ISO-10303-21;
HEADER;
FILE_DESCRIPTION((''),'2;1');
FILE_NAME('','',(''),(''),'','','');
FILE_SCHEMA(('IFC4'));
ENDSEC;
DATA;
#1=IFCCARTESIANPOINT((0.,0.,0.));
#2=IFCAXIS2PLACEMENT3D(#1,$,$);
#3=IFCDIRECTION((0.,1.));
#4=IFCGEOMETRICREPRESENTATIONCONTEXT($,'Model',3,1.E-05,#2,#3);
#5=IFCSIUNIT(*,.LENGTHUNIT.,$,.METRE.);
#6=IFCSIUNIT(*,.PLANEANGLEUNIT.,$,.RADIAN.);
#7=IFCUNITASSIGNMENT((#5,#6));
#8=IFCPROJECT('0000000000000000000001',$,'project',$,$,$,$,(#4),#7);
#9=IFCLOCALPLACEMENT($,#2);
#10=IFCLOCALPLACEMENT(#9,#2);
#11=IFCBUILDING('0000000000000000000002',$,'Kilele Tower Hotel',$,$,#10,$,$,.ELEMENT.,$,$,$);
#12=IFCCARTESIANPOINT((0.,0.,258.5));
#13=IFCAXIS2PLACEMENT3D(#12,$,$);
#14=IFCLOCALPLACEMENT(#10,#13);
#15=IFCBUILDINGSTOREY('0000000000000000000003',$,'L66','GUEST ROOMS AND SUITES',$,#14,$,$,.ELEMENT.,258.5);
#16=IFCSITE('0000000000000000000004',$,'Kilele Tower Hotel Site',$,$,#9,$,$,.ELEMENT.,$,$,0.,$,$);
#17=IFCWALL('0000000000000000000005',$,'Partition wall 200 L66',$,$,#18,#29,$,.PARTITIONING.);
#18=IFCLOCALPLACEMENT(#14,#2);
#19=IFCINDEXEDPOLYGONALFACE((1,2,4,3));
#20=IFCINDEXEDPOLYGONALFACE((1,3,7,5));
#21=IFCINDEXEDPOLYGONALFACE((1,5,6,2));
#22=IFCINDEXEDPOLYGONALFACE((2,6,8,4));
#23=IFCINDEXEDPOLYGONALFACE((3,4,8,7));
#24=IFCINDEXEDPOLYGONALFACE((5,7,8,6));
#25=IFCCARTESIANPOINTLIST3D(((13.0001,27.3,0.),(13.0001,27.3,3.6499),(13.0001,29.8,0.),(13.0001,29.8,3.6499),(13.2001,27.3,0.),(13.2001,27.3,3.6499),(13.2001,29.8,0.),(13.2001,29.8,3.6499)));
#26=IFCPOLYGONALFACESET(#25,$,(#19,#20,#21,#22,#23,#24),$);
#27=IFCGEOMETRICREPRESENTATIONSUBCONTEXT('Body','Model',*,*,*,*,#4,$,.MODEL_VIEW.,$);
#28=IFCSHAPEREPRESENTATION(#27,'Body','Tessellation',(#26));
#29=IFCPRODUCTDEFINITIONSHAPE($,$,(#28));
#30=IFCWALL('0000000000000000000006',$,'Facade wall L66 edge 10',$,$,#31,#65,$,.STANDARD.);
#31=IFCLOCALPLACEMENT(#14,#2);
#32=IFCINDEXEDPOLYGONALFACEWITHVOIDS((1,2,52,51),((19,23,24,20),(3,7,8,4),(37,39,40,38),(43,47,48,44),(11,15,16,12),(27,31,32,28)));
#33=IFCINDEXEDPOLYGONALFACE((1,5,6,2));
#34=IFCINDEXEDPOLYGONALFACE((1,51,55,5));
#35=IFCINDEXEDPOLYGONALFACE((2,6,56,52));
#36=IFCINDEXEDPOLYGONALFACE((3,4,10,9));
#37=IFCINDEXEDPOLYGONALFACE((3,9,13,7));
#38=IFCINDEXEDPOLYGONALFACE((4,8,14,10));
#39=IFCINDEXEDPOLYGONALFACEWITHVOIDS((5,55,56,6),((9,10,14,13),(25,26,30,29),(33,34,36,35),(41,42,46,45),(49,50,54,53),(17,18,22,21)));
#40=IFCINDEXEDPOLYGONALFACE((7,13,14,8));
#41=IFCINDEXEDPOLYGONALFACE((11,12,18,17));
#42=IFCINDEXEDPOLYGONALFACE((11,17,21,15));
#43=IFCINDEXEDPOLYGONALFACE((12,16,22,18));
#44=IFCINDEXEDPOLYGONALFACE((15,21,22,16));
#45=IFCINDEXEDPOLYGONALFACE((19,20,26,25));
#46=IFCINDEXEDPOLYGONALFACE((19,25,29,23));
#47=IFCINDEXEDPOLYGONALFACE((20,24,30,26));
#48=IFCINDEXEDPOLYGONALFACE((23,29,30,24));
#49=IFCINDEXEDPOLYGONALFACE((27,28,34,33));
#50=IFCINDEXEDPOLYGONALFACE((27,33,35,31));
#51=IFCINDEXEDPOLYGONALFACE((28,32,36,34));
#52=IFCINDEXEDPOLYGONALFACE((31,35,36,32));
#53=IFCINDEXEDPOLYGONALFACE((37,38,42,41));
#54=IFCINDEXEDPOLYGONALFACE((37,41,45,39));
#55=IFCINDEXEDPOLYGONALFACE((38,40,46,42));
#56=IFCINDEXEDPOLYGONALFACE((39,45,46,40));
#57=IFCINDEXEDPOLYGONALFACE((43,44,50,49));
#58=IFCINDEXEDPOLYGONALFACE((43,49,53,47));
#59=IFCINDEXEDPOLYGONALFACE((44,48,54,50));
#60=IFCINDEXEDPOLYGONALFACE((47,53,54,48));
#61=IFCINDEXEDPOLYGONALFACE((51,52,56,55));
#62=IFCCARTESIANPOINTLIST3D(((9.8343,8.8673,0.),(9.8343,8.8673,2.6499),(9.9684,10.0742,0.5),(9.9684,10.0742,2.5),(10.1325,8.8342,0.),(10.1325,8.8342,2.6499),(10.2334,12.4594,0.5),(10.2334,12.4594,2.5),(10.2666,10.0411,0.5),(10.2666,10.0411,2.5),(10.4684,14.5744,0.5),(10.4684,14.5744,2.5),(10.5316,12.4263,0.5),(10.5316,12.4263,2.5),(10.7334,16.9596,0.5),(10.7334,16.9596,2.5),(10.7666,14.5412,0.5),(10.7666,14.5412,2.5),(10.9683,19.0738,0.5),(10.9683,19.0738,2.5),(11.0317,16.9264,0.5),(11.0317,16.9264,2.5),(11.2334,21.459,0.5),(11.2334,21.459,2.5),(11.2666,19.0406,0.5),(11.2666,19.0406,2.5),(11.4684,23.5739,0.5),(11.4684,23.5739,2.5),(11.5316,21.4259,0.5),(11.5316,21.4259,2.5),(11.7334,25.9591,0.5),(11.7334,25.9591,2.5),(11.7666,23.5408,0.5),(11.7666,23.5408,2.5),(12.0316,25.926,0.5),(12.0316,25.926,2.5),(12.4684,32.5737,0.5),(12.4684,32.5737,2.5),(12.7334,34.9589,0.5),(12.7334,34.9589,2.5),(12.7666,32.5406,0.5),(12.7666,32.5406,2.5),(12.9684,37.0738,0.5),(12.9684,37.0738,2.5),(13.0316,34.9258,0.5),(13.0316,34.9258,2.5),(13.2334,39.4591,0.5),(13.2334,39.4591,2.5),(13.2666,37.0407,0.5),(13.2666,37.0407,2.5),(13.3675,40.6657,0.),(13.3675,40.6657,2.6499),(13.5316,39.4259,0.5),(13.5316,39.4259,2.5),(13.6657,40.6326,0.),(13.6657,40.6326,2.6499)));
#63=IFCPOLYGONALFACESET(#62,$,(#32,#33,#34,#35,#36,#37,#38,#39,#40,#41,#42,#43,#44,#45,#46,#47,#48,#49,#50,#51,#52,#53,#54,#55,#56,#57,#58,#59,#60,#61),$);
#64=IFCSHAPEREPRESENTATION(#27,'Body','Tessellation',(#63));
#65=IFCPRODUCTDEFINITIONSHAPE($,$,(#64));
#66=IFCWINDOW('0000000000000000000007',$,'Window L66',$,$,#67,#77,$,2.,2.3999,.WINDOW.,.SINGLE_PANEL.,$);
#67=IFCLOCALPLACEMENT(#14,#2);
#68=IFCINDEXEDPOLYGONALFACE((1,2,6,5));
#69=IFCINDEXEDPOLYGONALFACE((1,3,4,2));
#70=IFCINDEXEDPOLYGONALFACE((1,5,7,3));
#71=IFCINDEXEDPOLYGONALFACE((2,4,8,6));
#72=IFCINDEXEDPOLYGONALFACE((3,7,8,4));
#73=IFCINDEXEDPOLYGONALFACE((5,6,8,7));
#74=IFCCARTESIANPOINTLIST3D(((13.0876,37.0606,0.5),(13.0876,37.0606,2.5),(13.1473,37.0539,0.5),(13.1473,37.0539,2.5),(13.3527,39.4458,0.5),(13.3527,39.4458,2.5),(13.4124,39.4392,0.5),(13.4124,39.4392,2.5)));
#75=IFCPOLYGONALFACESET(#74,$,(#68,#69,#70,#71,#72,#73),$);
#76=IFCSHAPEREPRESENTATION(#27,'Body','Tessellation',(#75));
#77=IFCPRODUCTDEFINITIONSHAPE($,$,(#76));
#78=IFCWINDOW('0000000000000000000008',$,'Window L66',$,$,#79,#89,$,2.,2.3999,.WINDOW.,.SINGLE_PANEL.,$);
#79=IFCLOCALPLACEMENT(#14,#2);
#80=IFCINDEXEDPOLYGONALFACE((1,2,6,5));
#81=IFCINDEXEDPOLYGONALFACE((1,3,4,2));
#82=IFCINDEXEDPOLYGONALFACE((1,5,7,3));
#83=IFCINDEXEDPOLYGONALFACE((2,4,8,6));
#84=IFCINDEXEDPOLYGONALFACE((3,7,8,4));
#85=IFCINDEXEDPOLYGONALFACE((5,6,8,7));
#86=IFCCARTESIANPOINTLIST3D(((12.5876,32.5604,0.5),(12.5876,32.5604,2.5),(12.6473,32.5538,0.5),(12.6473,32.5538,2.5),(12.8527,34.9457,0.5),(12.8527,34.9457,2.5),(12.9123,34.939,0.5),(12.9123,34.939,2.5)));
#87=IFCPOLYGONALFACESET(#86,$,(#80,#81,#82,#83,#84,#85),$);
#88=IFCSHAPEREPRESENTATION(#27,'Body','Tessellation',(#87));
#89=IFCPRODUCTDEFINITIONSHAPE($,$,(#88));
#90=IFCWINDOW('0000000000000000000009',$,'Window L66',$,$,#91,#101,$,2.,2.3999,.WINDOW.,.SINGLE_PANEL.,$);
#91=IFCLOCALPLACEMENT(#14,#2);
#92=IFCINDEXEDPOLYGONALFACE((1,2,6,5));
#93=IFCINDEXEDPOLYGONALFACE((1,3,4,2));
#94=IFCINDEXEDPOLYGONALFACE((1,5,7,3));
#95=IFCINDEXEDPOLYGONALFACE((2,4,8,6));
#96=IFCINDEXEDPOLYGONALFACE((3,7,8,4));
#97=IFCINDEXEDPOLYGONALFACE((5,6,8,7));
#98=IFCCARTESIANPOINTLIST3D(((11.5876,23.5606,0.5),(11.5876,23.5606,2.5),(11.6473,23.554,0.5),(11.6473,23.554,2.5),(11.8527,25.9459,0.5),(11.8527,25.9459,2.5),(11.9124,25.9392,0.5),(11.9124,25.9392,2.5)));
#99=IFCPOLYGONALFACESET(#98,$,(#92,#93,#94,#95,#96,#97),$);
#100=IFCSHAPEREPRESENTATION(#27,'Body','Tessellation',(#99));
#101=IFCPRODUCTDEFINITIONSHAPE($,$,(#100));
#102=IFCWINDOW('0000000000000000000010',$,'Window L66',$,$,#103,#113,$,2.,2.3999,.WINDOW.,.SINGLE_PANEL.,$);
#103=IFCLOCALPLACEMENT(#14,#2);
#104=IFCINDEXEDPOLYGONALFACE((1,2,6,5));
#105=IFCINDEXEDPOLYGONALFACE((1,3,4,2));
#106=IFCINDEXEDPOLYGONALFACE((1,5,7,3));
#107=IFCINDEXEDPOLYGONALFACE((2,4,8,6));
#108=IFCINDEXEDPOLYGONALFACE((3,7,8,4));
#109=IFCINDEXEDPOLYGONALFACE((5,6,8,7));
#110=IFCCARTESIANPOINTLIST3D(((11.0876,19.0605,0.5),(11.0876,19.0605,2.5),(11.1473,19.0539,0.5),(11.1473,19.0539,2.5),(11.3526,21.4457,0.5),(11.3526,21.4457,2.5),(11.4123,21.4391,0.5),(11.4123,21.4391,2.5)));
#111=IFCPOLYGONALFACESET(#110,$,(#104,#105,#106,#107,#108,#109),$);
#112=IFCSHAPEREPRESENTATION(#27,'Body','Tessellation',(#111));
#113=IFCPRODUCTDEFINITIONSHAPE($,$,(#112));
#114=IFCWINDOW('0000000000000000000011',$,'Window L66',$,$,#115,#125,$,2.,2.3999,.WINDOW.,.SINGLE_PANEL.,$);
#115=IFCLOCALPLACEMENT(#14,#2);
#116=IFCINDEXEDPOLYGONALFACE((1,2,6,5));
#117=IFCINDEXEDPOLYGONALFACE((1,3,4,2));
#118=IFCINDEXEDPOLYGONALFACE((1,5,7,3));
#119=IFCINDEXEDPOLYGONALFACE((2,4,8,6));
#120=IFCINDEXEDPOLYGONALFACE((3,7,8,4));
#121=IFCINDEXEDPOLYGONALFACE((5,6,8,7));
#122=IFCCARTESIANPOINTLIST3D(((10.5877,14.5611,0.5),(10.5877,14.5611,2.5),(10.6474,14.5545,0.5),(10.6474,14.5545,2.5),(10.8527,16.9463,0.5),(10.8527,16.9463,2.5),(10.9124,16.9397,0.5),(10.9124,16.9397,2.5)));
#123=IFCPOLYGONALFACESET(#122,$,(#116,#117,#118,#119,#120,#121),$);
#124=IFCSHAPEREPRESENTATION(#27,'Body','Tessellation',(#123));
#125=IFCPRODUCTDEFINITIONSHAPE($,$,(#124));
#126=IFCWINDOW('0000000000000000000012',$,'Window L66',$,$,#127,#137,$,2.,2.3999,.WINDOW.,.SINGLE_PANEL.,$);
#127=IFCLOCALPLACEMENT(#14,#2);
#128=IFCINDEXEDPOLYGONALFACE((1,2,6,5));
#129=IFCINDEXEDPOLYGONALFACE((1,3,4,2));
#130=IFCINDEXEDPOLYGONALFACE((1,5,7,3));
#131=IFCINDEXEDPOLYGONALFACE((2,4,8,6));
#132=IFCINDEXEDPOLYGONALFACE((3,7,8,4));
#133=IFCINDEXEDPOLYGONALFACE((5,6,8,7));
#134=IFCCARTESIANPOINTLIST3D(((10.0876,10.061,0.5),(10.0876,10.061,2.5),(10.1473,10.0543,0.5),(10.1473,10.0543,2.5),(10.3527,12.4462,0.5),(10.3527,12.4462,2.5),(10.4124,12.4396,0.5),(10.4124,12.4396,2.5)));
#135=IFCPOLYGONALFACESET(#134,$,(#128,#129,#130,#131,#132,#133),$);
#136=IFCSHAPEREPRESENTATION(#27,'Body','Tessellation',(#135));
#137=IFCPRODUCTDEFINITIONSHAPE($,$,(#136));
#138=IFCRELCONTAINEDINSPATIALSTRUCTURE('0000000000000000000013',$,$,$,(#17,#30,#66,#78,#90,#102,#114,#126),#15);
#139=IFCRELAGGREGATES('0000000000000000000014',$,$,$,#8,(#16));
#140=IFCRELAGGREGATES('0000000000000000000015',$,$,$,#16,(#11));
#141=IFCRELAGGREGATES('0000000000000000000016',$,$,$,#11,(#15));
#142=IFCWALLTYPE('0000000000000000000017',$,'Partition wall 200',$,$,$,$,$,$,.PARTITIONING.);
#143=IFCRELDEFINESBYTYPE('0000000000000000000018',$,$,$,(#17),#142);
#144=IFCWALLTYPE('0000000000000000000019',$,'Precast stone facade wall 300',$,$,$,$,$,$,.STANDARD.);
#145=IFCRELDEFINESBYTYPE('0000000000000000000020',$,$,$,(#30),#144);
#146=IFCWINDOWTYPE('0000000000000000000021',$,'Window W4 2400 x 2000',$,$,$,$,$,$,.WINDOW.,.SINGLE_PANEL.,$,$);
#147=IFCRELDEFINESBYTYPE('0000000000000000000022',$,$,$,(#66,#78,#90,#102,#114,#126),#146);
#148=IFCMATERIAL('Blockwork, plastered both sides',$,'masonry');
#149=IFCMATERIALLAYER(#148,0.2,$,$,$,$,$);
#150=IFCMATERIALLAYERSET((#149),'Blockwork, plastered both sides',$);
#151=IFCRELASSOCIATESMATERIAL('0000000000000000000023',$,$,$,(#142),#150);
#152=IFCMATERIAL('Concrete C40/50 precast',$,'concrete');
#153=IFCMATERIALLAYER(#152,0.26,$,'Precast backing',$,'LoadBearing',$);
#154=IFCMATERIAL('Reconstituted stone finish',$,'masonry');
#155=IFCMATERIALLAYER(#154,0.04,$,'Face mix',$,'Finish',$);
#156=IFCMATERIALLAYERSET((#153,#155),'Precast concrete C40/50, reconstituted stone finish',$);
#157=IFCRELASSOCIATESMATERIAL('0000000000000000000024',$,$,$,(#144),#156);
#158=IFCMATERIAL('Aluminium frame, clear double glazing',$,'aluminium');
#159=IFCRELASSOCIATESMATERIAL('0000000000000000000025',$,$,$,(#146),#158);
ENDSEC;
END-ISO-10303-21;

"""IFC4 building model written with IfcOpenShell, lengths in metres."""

from ifc_helpers import new_model, si_unit, direction, frame, frame_2d, origin, place, context, subcontext, project, spatial, rectangle, extrude, material, layer, layer_set, type_object, element, fill, save


model = new_model("IFC4")

# Units and contexts
model_context = context("Model", 3, precision=1e-05, world=origin(), true_north=direction((0.0, 1.0)))
body_context = subcontext(model_context, "Body", "Model", "MODEL_VIEW")
ifc_project = project(units=[si_unit("LENGTHUNIT", "METRE"), si_unit("PLANEANGLEUNIT", "RADIAN")], contexts=[model_context])

# Site, building, storey
site_placement = place(None, origin())
site = spatial("IfcSite", under=ifc_project, at=site_placement, Name="Kilele Tower Hotel Site", CompositionType="ELEMENT", RefElevation=0.0)
building_placement = place(site_placement, origin())
building = spatial("IfcBuilding", under=site, at=building_placement, Name="Kilele Tower Hotel", CompositionType="ELEMENT")
storey_placement = place(building_placement, frame((0.0, 0.0, 258.5)))
storey = spatial("IfcBuildingStorey", under=building, at=storey_placement, Name="L66", Description="GUEST ROOMS AND SUITES", CompositionType="ELEMENT", Elevation=258.5)

# Wall
ifc_material_1 = material(Name="Blockwork, plastered both sides", Category="masonry")
ifc_layer_1 = layer(ifc_material_1, 0.2)
ifc_layer_set_1 = layer_set([ifc_layer_1], Name="Blockwork, plastered both sides")
wall_type_1 = type_object("IfcWallType", Name="Partition wall 200", PredefinedType="PARTITIONING", material=ifc_layer_set_1)
wall_1_placement = place(storey_placement, frame((13.1001, 27.3, 0.0), z_axis=(0.0, 0.0, 1.0), x_axis=(0.0, 1.0, 0.0)))
element("IfcWall", 1, at=wall_1_placement, inside=storey, type_object=wall_type_1, Name="Partition wall 200 L66", PredefinedType="PARTITIONING", context=body_context, shape_type="SweptSolid", body=[
    extrude(rectangle(XDim=2.5, YDim=0.2, at=frame_2d((1.25, 0.0))), origin(), (0.0, 0.0, 1.0), 3.6499),
])

# Wall, openings, windows
ifc_material_2 = material(Name="Concrete C40/50 precast", Category="concrete")
ifc_layer_2 = layer(ifc_material_2, 0.26, Name="Precast backing", Category="LoadBearing")
ifc_material_3 = material(Name="Reconstituted stone finish", Category="masonry")
ifc_layer_3 = layer(ifc_material_3, 0.04, Name="Face mix", Category="Finish")
ifc_layer_set_2 = layer_set([ifc_layer_2, ifc_layer_3], Name="Precast concrete C40/50, reconstituted stone finish")
wall_type_2 = type_object("IfcWallType", Name="Precast stone facade wall 300", PredefinedType="STANDARD", material=ifc_layer_set_2)
wall_2_placement = place(storey_placement, frame((13.5166, 40.6492, 0.0), z_axis=(0.0, 0.0, 1.0), x_axis=(-0.110433, -0.993884, 0.0)))
wall_2 = element("IfcWall", 2, at=wall_2_placement, inside=storey, type_object=wall_type_2, Name="Facade wall L66 edge 10", PredefinedType="STANDARD", context=body_context, shape_type="SweptSolid", body=[
    extrude(rectangle(XDim=31.9941, YDim=0.3, at=frame_2d((15.9971, 0.0))), origin(), (0.0, 0.0, 1.0), 2.6499),
])
opening_1_placement = place(wall_2_placement, frame((1.2141, 0.0, 0.5)))
opening_1 = element("IfcOpeningElement", 3, at=opening_1_placement, cuts=wall_2, PredefinedType="OPENING", context=body_context, shape_type="SweptSolid", body=[
    extrude(rectangle(XDim=2.3999, YDim=2.0, at=frame_2d((1.2, 1.0))), frame((0.0, 0.1599, 0.0), z_axis=(0.0, -1.0, 0.0), x_axis=(1.0, 0.0, 0.0)), (0.0, 0.0, 1.0), 0.3201),
])
opening_2_placement = place(wall_2_placement, frame((5.7419, 0.0, 0.5)))
opening_2 = element("IfcOpeningElement", 4, at=opening_2_placement, cuts=wall_2, PredefinedType="OPENING", context=body_context, shape_type="SweptSolid", body=[
    extrude(rectangle(XDim=2.3999, YDim=2.0, at=frame_2d((1.2, 1.0))), frame((0.0, 0.1599, 0.0), z_axis=(0.0, -1.0, 0.0), x_axis=(1.0, 0.0, 0.0)), (0.0, 0.0, 1.0), 0.3201),
])
opening_3_placement = place(wall_2_placement, frame((14.7971, 0.0, 0.5)))
opening_3 = element("IfcOpeningElement", 5, at=opening_3_placement, cuts=wall_2, PredefinedType="OPENING", context=body_context, shape_type="SweptSolid", body=[
    extrude(rectangle(XDim=2.3999, YDim=2.0, at=frame_2d((1.2, 1.0))), frame((0.0, 0.1599, 0.0), z_axis=(0.0, -1.0, 0.0), x_axis=(1.0, 0.0, 0.0)), (0.0, 0.0, 1.0), 0.3201),
])
opening_4_placement = place(wall_2_placement, frame((19.325, 0.0, 0.5)))
opening_4 = element("IfcOpeningElement", 6, at=opening_4_placement, cuts=wall_2, PredefinedType="OPENING", context=body_context, shape_type="SweptSolid", body=[
    extrude(rectangle(XDim=2.3999, YDim=2.0, at=frame_2d((1.2, 1.0))), frame((0.0, 0.1599, 0.0), z_axis=(0.0, -1.0, 0.0), x_axis=(1.0, 0.0, 0.0)), (0.0, 0.0, 1.0), 0.3201),
])
opening_5_placement = place(wall_2_placement, frame((23.8521, 0.0, 0.5)))
opening_5 = element("IfcOpeningElement", 7, at=opening_5_placement, cuts=wall_2, PredefinedType="OPENING", context=body_context, shape_type="SweptSolid", body=[
    extrude(rectangle(XDim=2.3999, YDim=2.0, at=frame_2d((1.2, 1.0))), frame((0.0, 0.1599, 0.0), z_axis=(0.0, -1.0, 0.0), x_axis=(1.0, 0.0, 0.0)), (0.0, 0.0, 1.0), 0.3201),
])
opening_6_placement = place(wall_2_placement, frame((28.3799, 0.0, 0.5)))
opening_6 = element("IfcOpeningElement", 8, at=opening_6_placement, cuts=wall_2, PredefinedType="OPENING", context=body_context, shape_type="SweptSolid", body=[
    extrude(rectangle(XDim=2.3999, YDim=2.0, at=frame_2d((1.2, 1.0))), frame((0.0, 0.1599, 0.0), z_axis=(0.0, -1.0, 0.0), x_axis=(1.0, 0.0, 0.0)), (0.0, 0.0, 1.0), 0.3201),
])
ifc_material_4 = material(Name="Aluminium frame, clear double glazing", Category="aluminium")
window_type = type_object("IfcWindowType", Name="Window W4 2400 x 2000", PartitioningType="SINGLE_PANEL", PredefinedType="WINDOW", material=ifc_material_4)
window_1_placement = place(opening_1_placement, origin())
window_1 = element("IfcWindow", 9, at=window_1_placement, inside=storey, type_object=window_type, Name="Window L66", OverallHeight=2.0, OverallWidth=2.3999, PartitioningType="SINGLE_PANEL", PredefinedType="WINDOW", context=body_context, shape_type="SweptSolid", body=[
    extrude(rectangle(XDim=2.3999, YDim=2.0, at=frame_2d((1.2, 1.0))), frame((0.0, 0.03, 0.0), z_axis=(0.0, -1.0, 0.0), x_axis=(1.0, 0.0, 0.0)), (0.0, 0.0, 1.0), 0.0601),
])
fill(opening_1, window_1)
window_2_placement = place(opening_2_placement, origin())
window_2 = element("IfcWindow", 10, at=window_2_placement, inside=storey, type_object=window_type, Name="Window L66", OverallHeight=2.0, OverallWidth=2.3999, PartitioningType="SINGLE_PANEL", PredefinedType="WINDOW", context=body_context, shape_type="SweptSolid", body=[
    extrude(rectangle(XDim=2.3999, YDim=2.0, at=frame_2d((1.2, 1.0))), frame((0.0, 0.03, 0.0), z_axis=(0.0, -1.0, 0.0), x_axis=(1.0, 0.0, 0.0)), (0.0, 0.0, 1.0), 0.0601),
])
fill(opening_2, window_2)
window_3_placement = place(opening_3_placement, origin())
window_3 = element("IfcWindow", 11, at=window_3_placement, inside=storey, type_object=window_type, Name="Window L66", OverallHeight=2.0, OverallWidth=2.3999, PartitioningType="SINGLE_PANEL", PredefinedType="WINDOW", context=body_context, shape_type="SweptSolid", body=[
    extrude(rectangle(XDim=2.3999, YDim=2.0, at=frame_2d((1.2, 1.0))), frame((0.0, 0.03, 0.0), z_axis=(0.0, -1.0, 0.0), x_axis=(1.0, 0.0, 0.0)), (0.0, 0.0, 1.0), 0.0601),
])
fill(opening_3, window_3)
window_4_placement = place(opening_4_placement, origin())
window_4 = element("IfcWindow", 12, at=window_4_placement, inside=storey, type_object=window_type, Name="Window L66", OverallHeight=2.0, OverallWidth=2.3999, PartitioningType="SINGLE_PANEL", PredefinedType="WINDOW", context=body_context, shape_type="SweptSolid", body=[
    extrude(rectangle(XDim=2.3999, YDim=2.0, at=frame_2d((1.2, 1.0))), frame((0.0, 0.03, 0.0), z_axis=(0.0, -1.0, 0.0), x_axis=(1.0, 0.0, 0.0)), (0.0, 0.0, 1.0), 0.0601),
])
fill(opening_4, window_4)
window_5_placement = place(opening_5_placement, origin())
window_5 = element("IfcWindow", 13, at=window_5_placement, inside=storey, type_object=window_type, Name="Window L66", OverallHeight=2.0, OverallWidth=2.3999, PartitioningType="SINGLE_PANEL", PredefinedType="WINDOW", context=body_context, shape_type="SweptSolid", body=[
    extrude(rectangle(XDim=2.3999, YDim=2.0, at=frame_2d((1.2, 1.0))), frame((0.0, 0.03, 0.0), z_axis=(0.0, -1.0, 0.0), x_axis=(1.0, 0.0, 0.0)), (0.0, 0.0, 1.0), 0.0601),
])
fill(opening_5, window_5)
window_6_placement = place(opening_6_placement, origin())
window_6 = element("IfcWindow", 14, at=window_6_placement, inside=storey, type_object=window_type, Name="Window L66", OverallHeight=2.0, OverallWidth=2.3999, PartitioningType="SINGLE_PANEL", PredefinedType="WINDOW", context=body_context, shape_type="SweptSolid", body=[
    extrude(rectangle(XDim=2.3999, YDim=2.0, at=frame_2d((1.2, 1.0))), frame((0.0, 0.03, 0.0), z_axis=(0.0, -1.0, 0.0), x_axis=(1.0, 0.0, 0.0)), (0.0, 0.0, 1.0), 0.0601),
])
fill(opening_6, window_6)

save(model, "model.ifc")
